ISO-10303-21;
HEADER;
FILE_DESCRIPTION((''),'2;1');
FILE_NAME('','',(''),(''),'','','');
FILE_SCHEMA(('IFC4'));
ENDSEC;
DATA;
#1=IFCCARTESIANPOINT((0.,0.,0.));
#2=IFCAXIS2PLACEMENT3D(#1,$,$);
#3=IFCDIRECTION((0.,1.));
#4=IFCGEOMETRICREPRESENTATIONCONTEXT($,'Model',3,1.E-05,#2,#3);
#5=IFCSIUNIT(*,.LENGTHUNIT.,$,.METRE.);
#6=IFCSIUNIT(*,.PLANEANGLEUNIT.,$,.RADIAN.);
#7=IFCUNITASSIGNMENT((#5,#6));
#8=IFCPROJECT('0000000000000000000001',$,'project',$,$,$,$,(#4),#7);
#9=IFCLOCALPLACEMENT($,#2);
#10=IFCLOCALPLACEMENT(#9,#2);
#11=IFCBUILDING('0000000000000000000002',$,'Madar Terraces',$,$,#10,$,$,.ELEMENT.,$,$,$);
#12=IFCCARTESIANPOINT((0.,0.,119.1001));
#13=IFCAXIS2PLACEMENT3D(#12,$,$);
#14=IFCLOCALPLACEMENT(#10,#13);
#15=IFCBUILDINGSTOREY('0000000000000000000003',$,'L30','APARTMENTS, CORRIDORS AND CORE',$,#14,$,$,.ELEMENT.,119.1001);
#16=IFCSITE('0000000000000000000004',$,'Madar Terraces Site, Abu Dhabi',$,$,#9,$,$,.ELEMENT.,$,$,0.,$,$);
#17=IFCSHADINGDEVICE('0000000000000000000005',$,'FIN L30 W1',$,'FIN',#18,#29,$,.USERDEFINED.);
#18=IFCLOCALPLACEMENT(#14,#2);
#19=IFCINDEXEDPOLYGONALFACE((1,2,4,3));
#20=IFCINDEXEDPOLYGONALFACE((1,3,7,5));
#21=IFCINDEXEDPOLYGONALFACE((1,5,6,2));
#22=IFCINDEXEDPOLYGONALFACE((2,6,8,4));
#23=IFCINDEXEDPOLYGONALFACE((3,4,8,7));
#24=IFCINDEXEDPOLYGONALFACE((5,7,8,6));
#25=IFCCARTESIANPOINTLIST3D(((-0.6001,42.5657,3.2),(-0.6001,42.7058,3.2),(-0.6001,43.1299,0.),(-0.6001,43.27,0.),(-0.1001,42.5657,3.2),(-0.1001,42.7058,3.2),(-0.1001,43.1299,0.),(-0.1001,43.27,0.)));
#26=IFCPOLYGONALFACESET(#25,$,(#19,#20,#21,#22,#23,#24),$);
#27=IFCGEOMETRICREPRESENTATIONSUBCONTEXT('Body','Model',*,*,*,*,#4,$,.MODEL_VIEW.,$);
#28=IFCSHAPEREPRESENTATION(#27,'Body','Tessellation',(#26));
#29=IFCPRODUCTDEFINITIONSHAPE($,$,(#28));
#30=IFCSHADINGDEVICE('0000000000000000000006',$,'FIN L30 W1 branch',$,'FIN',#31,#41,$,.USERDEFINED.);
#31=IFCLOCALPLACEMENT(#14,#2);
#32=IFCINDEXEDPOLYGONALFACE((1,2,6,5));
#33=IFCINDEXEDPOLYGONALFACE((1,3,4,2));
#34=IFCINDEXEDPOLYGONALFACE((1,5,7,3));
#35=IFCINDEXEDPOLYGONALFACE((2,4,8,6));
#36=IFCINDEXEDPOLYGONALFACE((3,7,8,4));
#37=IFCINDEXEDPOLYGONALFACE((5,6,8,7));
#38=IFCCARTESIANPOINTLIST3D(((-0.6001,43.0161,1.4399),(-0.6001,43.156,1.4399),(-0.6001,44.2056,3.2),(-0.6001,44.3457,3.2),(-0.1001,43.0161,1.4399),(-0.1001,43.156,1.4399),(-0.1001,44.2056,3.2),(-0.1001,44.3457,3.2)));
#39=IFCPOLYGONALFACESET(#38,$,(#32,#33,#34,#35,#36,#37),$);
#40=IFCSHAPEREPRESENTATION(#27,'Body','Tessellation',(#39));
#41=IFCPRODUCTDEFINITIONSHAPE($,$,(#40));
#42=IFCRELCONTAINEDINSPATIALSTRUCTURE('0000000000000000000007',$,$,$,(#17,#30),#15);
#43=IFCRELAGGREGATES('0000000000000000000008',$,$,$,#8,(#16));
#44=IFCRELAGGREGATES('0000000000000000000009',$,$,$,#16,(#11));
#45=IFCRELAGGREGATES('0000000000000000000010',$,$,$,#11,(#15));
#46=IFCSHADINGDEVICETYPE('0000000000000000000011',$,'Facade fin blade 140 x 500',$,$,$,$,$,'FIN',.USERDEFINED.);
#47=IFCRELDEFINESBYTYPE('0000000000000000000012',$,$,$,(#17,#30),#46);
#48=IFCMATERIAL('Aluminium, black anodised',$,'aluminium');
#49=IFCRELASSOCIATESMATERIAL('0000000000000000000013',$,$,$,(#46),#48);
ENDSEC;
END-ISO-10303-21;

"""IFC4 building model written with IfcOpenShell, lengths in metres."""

from ifc_helpers import new_model, si_unit, direction, frame, origin, place, context, subcontext, project, spatial, polyline, outline, extrude, material, type_object, element, save


model = new_model("IFC4")

# Units and contexts
model_context = context("Model", 3, precision=1e-05, world=origin(), true_north=direction((0.0, 1.0)))
body_context = subcontext(model_context, "Body", "Model", "MODEL_VIEW")
ifc_project = project(units=[si_unit("LENGTHUNIT", "METRE"), si_unit("PLANEANGLEUNIT", "RADIAN")], contexts=[model_context])

# Site, building, storey
site_placement = place(None, origin())
site = spatial("IfcSite", under=ifc_project, at=site_placement, Name="Madar Terraces Site, Abu Dhabi", CompositionType="ELEMENT", RefElevation=0.0)
building_placement = place(site_placement, origin())
building = spatial("IfcBuilding", under=site, at=building_placement, Name="Madar Terraces", CompositionType="ELEMENT")
storey_placement = place(building_placement, frame((0.0, 0.0, 119.1001)))
storey = spatial("IfcBuildingStorey", under=building, at=storey_placement, Name="L30", Description="APARTMENTS, CORRIDORS AND CORE", CompositionType="ELEMENT", Elevation=119.1001)

# Shading devices
ifc_material_1 = material(Name="Aluminium, black anodised", Category="aluminium")
shading_device_type = type_object("IfcShadingDeviceType", Name="Facade fin blade 140 x 500", ElementType="FIN", PredefinedType="USERDEFINED", material=ifc_material_1)
shading_device_1_placement = place(storey_placement, frame((-0.3501, 43.27, 0.0), z_axis=(0.0, 0.0, 1.0), x_axis=(0.0, -1.0, 0.0)))
element("IfcShadingDevice", 1, at=shading_device_1_placement, inside=storey, type_object=shading_device_type, Name="FIN L30 W1", ObjectType="FIN", PredefinedType="USERDEFINED", context=body_context, shape_type="SweptSolid", body=[
    extrude(outline(polyline([(0.0, 0.0), (0.1401, 0.0), (0.7043, 3.2), (0.5642, 3.2), (0.0, 0.0)])), frame((0.0, 0.25, 0.0), z_axis=(0.0, -1.0, 0.0), x_axis=(1.0, 0.0, 0.0)), (0.0, 0.0, 1.0), 0.5),
])
shading_device_2_placement = place(storey_placement, frame((-0.3501, 43.156, 1.4399), z_axis=(0.0, 0.0, 1.0), x_axis=(0.0, -1.0, 0.0)))
element("IfcShadingDevice", 2, at=shading_device_2_placement, inside=storey, type_object=shading_device_type, Name="FIN L30 W1 branch", ObjectType="FIN", PredefinedType="USERDEFINED", context=body_context, shape_type="SweptSolid", body=[
    extrude(outline(polyline([(0.0, 0.0), (0.1399, 0.0), (-1.0496, 1.76), (-1.1897, 1.76), (0.0, 0.0)])), frame((0.0, 0.25, 0.0), z_axis=(0.0, -1.0, 0.0), x_axis=(1.0, 0.0, 0.0)), (0.0, 0.0, 1.0), 0.5),
])

save(model, "model.ifc")
